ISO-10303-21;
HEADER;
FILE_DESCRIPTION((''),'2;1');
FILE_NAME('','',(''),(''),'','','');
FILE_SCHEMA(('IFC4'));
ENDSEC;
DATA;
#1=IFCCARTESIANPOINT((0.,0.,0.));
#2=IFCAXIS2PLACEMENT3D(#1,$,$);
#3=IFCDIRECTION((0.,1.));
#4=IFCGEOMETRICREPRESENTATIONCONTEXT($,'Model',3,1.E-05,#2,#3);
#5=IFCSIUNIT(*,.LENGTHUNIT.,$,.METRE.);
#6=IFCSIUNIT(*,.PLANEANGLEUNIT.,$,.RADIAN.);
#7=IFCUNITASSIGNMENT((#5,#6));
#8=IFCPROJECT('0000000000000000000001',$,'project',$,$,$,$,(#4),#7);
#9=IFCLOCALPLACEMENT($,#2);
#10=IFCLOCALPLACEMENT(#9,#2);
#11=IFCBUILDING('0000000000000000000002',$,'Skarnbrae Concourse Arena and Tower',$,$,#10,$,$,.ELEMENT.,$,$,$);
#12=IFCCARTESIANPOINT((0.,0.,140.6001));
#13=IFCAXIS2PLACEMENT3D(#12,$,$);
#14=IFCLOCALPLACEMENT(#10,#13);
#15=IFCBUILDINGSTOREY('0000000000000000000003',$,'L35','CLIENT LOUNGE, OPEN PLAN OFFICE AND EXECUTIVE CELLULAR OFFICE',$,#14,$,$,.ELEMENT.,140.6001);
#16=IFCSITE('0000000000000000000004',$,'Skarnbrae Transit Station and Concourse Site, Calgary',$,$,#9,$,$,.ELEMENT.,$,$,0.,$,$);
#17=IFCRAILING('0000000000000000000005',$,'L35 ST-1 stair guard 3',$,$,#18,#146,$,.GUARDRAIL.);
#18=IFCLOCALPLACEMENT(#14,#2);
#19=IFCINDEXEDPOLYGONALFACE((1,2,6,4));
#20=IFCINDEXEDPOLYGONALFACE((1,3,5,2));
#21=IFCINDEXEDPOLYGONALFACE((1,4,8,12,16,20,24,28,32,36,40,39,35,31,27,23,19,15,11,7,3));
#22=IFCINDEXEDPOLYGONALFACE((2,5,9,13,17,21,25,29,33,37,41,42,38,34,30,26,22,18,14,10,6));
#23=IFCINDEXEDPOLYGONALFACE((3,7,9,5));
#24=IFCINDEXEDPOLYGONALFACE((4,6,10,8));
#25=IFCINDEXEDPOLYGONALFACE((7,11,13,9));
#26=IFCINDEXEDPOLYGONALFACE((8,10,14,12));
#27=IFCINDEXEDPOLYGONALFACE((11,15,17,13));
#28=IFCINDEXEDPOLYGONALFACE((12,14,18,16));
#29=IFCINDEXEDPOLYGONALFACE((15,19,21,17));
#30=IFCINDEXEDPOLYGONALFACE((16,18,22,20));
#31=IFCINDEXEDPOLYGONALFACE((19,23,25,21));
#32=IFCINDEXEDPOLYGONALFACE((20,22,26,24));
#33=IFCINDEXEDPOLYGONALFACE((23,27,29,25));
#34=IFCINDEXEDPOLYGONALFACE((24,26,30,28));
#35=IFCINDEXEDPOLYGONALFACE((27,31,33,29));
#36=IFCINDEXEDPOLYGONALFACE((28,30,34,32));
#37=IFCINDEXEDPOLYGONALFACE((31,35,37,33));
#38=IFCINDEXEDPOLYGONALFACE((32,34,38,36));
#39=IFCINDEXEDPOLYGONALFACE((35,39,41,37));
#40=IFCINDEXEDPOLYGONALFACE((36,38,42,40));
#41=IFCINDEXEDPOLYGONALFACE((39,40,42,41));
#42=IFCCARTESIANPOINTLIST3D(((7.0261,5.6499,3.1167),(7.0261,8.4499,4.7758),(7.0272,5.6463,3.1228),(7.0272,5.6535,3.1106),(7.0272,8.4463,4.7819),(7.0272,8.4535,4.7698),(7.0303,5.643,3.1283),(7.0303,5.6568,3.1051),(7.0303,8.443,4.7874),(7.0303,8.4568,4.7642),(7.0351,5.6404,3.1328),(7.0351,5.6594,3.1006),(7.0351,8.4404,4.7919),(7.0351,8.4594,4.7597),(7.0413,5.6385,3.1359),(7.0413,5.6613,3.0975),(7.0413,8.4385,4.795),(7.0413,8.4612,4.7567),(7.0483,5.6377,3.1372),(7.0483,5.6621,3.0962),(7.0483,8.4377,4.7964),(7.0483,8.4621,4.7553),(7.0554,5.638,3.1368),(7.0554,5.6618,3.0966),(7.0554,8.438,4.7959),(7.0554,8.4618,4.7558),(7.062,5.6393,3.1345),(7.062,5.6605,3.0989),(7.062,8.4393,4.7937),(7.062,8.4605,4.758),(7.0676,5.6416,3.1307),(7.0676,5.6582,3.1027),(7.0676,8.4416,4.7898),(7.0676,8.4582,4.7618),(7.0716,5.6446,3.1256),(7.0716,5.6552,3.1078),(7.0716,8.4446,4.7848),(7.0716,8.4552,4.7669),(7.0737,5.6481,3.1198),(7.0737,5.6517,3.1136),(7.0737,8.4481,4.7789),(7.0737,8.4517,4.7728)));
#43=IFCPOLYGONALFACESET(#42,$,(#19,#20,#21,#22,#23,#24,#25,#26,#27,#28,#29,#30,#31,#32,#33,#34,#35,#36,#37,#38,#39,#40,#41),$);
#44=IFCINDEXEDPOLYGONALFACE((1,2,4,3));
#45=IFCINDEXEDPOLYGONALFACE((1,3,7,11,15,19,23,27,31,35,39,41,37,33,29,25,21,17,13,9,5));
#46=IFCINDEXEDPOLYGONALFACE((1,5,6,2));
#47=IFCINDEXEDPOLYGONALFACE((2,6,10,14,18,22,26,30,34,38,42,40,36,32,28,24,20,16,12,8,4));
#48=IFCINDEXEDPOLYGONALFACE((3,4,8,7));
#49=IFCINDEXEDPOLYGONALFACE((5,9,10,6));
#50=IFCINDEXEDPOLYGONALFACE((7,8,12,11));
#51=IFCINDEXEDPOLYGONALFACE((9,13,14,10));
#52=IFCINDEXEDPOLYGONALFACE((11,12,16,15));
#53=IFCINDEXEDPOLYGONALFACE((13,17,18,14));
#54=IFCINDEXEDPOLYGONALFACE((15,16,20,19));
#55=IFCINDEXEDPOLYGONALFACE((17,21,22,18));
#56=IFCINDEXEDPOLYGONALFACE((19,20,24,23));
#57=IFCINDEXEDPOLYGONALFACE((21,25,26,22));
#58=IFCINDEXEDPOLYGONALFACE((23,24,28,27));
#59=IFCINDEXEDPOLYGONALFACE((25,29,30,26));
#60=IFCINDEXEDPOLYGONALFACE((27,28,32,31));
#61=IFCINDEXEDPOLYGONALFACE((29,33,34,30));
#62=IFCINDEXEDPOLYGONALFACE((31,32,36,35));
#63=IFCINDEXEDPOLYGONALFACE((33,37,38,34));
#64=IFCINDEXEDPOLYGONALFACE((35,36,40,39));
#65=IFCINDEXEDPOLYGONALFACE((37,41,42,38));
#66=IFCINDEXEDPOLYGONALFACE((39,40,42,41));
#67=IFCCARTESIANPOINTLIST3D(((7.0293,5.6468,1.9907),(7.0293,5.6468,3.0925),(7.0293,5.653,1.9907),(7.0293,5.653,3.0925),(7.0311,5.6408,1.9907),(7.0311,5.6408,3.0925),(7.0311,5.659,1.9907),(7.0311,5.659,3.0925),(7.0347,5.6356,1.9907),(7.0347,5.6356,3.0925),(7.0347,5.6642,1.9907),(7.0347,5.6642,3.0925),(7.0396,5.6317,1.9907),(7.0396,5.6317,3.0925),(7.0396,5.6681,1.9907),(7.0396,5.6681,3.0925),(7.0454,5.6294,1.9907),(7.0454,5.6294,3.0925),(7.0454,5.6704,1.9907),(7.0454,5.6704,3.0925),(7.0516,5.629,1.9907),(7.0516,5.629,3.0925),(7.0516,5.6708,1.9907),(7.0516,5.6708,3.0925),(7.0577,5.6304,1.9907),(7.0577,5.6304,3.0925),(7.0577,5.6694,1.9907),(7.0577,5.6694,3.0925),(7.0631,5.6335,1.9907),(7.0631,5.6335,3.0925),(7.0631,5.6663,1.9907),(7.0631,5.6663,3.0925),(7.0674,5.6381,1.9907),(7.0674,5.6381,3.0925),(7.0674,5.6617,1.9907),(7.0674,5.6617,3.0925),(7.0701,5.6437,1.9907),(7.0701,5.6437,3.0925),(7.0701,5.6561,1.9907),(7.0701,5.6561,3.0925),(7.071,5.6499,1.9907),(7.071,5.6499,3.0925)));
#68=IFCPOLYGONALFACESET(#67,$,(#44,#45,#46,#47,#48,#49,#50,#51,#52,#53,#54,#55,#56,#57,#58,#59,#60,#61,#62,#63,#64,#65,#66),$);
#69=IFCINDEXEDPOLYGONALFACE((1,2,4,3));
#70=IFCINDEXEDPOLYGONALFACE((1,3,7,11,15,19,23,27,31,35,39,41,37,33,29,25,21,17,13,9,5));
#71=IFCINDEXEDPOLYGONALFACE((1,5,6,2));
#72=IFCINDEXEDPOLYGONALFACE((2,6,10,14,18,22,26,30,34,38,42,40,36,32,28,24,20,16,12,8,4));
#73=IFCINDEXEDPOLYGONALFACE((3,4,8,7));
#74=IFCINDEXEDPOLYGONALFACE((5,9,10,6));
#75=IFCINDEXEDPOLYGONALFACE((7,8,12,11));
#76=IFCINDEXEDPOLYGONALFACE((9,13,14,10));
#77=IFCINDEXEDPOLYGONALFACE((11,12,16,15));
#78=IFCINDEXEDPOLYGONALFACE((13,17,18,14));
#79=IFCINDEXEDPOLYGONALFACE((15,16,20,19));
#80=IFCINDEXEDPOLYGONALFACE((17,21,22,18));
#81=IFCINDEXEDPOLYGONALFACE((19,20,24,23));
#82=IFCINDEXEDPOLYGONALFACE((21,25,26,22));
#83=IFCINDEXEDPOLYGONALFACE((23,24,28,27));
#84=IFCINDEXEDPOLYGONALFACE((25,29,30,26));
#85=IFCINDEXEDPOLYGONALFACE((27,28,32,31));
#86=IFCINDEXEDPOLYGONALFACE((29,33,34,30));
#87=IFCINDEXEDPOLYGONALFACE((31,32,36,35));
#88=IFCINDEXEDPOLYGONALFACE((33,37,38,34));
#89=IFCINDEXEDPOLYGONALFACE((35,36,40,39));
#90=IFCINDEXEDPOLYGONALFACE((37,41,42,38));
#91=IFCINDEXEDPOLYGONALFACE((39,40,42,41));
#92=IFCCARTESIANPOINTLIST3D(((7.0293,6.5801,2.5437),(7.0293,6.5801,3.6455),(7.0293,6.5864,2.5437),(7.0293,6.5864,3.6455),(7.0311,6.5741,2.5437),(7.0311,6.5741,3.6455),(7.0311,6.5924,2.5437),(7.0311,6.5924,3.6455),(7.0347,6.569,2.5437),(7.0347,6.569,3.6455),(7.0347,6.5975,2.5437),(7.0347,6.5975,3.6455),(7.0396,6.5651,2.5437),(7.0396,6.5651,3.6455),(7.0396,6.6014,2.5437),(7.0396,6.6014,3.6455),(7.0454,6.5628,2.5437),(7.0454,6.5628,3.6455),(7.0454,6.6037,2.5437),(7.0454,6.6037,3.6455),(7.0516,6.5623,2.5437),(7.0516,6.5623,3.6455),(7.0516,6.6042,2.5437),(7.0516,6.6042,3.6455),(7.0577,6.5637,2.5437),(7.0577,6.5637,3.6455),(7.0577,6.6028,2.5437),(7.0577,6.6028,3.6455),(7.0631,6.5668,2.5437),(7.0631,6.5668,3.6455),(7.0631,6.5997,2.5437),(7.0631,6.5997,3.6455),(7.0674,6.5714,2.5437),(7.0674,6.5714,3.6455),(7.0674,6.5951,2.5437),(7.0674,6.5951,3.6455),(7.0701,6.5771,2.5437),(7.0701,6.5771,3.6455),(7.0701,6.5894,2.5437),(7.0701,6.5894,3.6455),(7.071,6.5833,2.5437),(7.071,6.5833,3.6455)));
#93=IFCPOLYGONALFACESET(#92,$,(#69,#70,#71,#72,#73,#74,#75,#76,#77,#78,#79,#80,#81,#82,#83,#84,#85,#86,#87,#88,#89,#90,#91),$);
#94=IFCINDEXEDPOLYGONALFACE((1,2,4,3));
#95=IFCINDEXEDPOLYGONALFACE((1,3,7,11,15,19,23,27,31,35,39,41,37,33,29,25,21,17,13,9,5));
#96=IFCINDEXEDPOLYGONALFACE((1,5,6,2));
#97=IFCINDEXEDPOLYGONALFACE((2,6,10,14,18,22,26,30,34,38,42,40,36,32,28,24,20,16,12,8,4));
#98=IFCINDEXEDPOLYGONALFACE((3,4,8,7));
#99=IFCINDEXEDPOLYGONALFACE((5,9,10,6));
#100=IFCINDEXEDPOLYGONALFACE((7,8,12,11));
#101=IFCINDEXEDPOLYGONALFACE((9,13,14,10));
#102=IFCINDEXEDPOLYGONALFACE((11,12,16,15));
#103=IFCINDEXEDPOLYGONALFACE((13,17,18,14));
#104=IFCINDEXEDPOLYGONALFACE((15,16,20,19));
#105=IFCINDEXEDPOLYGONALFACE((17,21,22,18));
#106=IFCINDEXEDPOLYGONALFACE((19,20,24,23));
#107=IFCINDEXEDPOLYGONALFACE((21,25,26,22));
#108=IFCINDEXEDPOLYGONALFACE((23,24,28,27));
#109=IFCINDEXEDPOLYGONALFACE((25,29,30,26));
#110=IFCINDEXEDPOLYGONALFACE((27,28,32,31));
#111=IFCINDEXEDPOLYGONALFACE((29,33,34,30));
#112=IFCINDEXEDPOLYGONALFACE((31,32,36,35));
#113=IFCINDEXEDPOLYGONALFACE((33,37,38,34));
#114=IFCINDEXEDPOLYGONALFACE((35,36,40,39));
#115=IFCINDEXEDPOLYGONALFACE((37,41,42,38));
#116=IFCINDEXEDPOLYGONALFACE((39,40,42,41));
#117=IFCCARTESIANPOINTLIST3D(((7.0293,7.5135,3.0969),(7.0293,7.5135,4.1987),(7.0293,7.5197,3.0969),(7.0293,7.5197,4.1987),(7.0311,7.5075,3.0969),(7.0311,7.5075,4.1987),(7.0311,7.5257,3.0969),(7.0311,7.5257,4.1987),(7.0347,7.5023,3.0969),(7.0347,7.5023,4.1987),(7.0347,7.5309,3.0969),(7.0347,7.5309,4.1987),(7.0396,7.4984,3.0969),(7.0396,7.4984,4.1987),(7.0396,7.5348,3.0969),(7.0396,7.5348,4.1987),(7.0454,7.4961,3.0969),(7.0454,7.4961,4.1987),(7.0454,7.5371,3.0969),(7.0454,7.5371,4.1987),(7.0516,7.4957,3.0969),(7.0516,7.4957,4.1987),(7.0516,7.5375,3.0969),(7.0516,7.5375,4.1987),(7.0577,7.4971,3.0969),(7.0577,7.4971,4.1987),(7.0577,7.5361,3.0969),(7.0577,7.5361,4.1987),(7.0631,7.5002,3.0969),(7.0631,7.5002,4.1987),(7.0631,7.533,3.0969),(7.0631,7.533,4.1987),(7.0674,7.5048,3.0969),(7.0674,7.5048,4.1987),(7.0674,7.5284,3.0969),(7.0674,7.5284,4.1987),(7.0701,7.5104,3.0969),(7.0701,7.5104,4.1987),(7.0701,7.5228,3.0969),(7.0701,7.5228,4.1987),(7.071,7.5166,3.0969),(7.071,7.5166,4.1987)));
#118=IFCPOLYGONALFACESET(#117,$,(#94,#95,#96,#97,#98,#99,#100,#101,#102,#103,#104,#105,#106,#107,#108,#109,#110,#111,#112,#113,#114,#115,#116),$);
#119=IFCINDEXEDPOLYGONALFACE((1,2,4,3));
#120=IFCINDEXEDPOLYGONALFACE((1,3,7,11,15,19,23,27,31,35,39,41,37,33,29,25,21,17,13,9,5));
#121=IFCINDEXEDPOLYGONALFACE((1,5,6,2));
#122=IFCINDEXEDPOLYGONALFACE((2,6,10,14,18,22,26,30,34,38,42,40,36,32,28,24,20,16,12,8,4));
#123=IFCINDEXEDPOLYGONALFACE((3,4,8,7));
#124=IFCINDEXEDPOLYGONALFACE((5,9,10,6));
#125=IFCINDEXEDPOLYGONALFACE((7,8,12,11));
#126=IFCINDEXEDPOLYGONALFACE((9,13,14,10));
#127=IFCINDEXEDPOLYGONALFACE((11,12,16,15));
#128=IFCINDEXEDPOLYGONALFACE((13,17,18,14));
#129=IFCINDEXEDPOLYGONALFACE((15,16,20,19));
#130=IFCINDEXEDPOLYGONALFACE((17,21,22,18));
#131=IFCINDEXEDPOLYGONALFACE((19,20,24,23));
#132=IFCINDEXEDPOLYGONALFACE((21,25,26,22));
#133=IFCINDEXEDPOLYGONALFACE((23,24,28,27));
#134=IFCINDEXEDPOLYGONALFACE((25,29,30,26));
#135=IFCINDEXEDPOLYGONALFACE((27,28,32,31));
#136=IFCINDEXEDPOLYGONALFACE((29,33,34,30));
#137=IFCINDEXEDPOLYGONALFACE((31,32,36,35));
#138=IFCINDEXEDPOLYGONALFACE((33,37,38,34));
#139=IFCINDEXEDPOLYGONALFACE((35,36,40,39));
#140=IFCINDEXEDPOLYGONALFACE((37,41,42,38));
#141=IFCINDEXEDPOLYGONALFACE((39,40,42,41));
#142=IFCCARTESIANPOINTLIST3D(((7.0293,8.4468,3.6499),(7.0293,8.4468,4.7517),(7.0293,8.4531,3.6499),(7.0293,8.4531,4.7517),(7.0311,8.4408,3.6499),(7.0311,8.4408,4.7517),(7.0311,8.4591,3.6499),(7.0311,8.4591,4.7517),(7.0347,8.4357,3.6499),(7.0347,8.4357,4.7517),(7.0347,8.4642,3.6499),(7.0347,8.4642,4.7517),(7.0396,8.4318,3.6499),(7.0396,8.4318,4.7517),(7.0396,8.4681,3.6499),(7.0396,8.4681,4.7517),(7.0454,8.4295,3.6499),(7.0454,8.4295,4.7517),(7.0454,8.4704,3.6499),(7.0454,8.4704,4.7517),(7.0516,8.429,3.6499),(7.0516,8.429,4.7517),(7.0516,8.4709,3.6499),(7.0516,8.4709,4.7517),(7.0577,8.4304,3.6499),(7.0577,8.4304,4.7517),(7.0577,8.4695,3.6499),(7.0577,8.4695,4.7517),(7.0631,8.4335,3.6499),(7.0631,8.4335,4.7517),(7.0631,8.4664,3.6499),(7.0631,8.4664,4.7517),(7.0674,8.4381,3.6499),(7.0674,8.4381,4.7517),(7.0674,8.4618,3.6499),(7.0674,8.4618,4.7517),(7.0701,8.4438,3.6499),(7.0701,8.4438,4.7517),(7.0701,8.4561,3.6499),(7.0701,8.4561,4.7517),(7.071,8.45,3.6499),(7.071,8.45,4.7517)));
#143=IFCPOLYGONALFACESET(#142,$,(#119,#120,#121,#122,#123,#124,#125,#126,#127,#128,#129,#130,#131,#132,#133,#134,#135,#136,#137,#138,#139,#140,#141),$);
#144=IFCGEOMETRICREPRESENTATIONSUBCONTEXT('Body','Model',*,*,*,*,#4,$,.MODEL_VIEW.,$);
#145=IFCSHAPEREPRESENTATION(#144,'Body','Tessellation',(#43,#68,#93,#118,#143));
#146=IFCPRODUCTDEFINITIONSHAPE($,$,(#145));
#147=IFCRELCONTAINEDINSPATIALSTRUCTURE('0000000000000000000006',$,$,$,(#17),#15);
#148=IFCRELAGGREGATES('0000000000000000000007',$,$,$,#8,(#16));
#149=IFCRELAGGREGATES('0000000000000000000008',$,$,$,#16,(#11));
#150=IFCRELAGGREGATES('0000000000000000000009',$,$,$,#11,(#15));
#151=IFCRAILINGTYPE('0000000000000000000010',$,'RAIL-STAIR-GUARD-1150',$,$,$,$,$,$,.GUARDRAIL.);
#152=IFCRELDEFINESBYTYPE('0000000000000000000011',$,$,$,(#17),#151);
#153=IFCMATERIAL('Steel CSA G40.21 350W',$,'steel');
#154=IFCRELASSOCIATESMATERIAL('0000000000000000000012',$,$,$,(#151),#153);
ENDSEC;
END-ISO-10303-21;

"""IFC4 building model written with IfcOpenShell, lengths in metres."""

from ifc_helpers import new_model, si_unit, direction, frame, origin, origin_2d, place, context, subcontext, project, spatial, circle, extrude, material, type_object, element, save


model = new_model("IFC4")

# Units and contexts
model_context = context("Model", 3, precision=1e-05, world=origin(), true_north=direction((0.0, 1.0)))
body_context = subcontext(model_context, "Body", "Model", "MODEL_VIEW")
ifc_project = project(units=[si_unit("LENGTHUNIT", "METRE"), si_unit("PLANEANGLEUNIT", "RADIAN")], contexts=[model_context])

# Site, building, storey
site_placement = place(None, origin())
site = spatial("IfcSite", under=ifc_project, at=site_placement, Name="Skarnbrae Transit Station and Concourse Site, Calgary", CompositionType="ELEMENT", RefElevation=0.0)
building_placement = place(site_placement, origin())
building = spatial("IfcBuilding", under=site, at=building_placement, Name="Skarnbrae Concourse Arena and Tower", CompositionType="ELEMENT")
storey_placement = place(building_placement, frame((0.0, 0.0, 140.6001)))
storey = spatial("IfcBuildingStorey", under=building, at=storey_placement, Name="L35", Description="CLIENT LOUNGE, OPEN PLAN OFFICE AND EXECUTIVE CELLULAR OFFICE", CompositionType="ELEMENT", Elevation=140.6001)

# Shared definitions
ifc_material_1 = material(Name="Steel CSA G40.21 350W", Category="steel")

# Railing
railing_type_1 = type_object("IfcRailingType", Name="RAIL-STAIR-GUARD-1150", PredefinedType="GUARDRAIL", material=ifc_material_1)
railing_1_placement = place(storey_placement, frame((7.05, 5.6499, 1.9907)))
element("IfcRailing", 1, at=railing_1_placement, inside=storey, type_object=railing_type_1, Name="L35 ST-1 stair guard 3", PredefinedType="GUARDRAIL", context=body_context, shape_type="SweptSolid", body=[
    extrude(circle(Radius=0.0239, at=origin_2d()), frame((0.0, 0.0, 1.126), z_axis=(0.0, 0.860306, 0.509778), x_axis=(-1.0, 0.0, 0.0)), (0.0, 0.0, 1.0), 3.2546),
    extrude(circle(Radius=0.021, at=origin_2d()), origin(), (0.0, 0.0, 1.0), 1.1018),
    extrude(circle(Radius=0.021, at=origin_2d()), frame((0.0, 0.9333, 0.553)), (0.0, 0.0, 1.0), 1.1018),
    extrude(circle(Radius=0.021, at=origin_2d()), frame((0.0, 1.8667, 1.1062)), (0.0, 0.0, 1.0), 1.1018),
    extrude(circle(Radius=0.021, at=origin_2d()), frame((0.0, 2.8, 1.6592)), (0.0, 0.0, 1.0), 1.1018),
])

save(model, "model.ifc")
